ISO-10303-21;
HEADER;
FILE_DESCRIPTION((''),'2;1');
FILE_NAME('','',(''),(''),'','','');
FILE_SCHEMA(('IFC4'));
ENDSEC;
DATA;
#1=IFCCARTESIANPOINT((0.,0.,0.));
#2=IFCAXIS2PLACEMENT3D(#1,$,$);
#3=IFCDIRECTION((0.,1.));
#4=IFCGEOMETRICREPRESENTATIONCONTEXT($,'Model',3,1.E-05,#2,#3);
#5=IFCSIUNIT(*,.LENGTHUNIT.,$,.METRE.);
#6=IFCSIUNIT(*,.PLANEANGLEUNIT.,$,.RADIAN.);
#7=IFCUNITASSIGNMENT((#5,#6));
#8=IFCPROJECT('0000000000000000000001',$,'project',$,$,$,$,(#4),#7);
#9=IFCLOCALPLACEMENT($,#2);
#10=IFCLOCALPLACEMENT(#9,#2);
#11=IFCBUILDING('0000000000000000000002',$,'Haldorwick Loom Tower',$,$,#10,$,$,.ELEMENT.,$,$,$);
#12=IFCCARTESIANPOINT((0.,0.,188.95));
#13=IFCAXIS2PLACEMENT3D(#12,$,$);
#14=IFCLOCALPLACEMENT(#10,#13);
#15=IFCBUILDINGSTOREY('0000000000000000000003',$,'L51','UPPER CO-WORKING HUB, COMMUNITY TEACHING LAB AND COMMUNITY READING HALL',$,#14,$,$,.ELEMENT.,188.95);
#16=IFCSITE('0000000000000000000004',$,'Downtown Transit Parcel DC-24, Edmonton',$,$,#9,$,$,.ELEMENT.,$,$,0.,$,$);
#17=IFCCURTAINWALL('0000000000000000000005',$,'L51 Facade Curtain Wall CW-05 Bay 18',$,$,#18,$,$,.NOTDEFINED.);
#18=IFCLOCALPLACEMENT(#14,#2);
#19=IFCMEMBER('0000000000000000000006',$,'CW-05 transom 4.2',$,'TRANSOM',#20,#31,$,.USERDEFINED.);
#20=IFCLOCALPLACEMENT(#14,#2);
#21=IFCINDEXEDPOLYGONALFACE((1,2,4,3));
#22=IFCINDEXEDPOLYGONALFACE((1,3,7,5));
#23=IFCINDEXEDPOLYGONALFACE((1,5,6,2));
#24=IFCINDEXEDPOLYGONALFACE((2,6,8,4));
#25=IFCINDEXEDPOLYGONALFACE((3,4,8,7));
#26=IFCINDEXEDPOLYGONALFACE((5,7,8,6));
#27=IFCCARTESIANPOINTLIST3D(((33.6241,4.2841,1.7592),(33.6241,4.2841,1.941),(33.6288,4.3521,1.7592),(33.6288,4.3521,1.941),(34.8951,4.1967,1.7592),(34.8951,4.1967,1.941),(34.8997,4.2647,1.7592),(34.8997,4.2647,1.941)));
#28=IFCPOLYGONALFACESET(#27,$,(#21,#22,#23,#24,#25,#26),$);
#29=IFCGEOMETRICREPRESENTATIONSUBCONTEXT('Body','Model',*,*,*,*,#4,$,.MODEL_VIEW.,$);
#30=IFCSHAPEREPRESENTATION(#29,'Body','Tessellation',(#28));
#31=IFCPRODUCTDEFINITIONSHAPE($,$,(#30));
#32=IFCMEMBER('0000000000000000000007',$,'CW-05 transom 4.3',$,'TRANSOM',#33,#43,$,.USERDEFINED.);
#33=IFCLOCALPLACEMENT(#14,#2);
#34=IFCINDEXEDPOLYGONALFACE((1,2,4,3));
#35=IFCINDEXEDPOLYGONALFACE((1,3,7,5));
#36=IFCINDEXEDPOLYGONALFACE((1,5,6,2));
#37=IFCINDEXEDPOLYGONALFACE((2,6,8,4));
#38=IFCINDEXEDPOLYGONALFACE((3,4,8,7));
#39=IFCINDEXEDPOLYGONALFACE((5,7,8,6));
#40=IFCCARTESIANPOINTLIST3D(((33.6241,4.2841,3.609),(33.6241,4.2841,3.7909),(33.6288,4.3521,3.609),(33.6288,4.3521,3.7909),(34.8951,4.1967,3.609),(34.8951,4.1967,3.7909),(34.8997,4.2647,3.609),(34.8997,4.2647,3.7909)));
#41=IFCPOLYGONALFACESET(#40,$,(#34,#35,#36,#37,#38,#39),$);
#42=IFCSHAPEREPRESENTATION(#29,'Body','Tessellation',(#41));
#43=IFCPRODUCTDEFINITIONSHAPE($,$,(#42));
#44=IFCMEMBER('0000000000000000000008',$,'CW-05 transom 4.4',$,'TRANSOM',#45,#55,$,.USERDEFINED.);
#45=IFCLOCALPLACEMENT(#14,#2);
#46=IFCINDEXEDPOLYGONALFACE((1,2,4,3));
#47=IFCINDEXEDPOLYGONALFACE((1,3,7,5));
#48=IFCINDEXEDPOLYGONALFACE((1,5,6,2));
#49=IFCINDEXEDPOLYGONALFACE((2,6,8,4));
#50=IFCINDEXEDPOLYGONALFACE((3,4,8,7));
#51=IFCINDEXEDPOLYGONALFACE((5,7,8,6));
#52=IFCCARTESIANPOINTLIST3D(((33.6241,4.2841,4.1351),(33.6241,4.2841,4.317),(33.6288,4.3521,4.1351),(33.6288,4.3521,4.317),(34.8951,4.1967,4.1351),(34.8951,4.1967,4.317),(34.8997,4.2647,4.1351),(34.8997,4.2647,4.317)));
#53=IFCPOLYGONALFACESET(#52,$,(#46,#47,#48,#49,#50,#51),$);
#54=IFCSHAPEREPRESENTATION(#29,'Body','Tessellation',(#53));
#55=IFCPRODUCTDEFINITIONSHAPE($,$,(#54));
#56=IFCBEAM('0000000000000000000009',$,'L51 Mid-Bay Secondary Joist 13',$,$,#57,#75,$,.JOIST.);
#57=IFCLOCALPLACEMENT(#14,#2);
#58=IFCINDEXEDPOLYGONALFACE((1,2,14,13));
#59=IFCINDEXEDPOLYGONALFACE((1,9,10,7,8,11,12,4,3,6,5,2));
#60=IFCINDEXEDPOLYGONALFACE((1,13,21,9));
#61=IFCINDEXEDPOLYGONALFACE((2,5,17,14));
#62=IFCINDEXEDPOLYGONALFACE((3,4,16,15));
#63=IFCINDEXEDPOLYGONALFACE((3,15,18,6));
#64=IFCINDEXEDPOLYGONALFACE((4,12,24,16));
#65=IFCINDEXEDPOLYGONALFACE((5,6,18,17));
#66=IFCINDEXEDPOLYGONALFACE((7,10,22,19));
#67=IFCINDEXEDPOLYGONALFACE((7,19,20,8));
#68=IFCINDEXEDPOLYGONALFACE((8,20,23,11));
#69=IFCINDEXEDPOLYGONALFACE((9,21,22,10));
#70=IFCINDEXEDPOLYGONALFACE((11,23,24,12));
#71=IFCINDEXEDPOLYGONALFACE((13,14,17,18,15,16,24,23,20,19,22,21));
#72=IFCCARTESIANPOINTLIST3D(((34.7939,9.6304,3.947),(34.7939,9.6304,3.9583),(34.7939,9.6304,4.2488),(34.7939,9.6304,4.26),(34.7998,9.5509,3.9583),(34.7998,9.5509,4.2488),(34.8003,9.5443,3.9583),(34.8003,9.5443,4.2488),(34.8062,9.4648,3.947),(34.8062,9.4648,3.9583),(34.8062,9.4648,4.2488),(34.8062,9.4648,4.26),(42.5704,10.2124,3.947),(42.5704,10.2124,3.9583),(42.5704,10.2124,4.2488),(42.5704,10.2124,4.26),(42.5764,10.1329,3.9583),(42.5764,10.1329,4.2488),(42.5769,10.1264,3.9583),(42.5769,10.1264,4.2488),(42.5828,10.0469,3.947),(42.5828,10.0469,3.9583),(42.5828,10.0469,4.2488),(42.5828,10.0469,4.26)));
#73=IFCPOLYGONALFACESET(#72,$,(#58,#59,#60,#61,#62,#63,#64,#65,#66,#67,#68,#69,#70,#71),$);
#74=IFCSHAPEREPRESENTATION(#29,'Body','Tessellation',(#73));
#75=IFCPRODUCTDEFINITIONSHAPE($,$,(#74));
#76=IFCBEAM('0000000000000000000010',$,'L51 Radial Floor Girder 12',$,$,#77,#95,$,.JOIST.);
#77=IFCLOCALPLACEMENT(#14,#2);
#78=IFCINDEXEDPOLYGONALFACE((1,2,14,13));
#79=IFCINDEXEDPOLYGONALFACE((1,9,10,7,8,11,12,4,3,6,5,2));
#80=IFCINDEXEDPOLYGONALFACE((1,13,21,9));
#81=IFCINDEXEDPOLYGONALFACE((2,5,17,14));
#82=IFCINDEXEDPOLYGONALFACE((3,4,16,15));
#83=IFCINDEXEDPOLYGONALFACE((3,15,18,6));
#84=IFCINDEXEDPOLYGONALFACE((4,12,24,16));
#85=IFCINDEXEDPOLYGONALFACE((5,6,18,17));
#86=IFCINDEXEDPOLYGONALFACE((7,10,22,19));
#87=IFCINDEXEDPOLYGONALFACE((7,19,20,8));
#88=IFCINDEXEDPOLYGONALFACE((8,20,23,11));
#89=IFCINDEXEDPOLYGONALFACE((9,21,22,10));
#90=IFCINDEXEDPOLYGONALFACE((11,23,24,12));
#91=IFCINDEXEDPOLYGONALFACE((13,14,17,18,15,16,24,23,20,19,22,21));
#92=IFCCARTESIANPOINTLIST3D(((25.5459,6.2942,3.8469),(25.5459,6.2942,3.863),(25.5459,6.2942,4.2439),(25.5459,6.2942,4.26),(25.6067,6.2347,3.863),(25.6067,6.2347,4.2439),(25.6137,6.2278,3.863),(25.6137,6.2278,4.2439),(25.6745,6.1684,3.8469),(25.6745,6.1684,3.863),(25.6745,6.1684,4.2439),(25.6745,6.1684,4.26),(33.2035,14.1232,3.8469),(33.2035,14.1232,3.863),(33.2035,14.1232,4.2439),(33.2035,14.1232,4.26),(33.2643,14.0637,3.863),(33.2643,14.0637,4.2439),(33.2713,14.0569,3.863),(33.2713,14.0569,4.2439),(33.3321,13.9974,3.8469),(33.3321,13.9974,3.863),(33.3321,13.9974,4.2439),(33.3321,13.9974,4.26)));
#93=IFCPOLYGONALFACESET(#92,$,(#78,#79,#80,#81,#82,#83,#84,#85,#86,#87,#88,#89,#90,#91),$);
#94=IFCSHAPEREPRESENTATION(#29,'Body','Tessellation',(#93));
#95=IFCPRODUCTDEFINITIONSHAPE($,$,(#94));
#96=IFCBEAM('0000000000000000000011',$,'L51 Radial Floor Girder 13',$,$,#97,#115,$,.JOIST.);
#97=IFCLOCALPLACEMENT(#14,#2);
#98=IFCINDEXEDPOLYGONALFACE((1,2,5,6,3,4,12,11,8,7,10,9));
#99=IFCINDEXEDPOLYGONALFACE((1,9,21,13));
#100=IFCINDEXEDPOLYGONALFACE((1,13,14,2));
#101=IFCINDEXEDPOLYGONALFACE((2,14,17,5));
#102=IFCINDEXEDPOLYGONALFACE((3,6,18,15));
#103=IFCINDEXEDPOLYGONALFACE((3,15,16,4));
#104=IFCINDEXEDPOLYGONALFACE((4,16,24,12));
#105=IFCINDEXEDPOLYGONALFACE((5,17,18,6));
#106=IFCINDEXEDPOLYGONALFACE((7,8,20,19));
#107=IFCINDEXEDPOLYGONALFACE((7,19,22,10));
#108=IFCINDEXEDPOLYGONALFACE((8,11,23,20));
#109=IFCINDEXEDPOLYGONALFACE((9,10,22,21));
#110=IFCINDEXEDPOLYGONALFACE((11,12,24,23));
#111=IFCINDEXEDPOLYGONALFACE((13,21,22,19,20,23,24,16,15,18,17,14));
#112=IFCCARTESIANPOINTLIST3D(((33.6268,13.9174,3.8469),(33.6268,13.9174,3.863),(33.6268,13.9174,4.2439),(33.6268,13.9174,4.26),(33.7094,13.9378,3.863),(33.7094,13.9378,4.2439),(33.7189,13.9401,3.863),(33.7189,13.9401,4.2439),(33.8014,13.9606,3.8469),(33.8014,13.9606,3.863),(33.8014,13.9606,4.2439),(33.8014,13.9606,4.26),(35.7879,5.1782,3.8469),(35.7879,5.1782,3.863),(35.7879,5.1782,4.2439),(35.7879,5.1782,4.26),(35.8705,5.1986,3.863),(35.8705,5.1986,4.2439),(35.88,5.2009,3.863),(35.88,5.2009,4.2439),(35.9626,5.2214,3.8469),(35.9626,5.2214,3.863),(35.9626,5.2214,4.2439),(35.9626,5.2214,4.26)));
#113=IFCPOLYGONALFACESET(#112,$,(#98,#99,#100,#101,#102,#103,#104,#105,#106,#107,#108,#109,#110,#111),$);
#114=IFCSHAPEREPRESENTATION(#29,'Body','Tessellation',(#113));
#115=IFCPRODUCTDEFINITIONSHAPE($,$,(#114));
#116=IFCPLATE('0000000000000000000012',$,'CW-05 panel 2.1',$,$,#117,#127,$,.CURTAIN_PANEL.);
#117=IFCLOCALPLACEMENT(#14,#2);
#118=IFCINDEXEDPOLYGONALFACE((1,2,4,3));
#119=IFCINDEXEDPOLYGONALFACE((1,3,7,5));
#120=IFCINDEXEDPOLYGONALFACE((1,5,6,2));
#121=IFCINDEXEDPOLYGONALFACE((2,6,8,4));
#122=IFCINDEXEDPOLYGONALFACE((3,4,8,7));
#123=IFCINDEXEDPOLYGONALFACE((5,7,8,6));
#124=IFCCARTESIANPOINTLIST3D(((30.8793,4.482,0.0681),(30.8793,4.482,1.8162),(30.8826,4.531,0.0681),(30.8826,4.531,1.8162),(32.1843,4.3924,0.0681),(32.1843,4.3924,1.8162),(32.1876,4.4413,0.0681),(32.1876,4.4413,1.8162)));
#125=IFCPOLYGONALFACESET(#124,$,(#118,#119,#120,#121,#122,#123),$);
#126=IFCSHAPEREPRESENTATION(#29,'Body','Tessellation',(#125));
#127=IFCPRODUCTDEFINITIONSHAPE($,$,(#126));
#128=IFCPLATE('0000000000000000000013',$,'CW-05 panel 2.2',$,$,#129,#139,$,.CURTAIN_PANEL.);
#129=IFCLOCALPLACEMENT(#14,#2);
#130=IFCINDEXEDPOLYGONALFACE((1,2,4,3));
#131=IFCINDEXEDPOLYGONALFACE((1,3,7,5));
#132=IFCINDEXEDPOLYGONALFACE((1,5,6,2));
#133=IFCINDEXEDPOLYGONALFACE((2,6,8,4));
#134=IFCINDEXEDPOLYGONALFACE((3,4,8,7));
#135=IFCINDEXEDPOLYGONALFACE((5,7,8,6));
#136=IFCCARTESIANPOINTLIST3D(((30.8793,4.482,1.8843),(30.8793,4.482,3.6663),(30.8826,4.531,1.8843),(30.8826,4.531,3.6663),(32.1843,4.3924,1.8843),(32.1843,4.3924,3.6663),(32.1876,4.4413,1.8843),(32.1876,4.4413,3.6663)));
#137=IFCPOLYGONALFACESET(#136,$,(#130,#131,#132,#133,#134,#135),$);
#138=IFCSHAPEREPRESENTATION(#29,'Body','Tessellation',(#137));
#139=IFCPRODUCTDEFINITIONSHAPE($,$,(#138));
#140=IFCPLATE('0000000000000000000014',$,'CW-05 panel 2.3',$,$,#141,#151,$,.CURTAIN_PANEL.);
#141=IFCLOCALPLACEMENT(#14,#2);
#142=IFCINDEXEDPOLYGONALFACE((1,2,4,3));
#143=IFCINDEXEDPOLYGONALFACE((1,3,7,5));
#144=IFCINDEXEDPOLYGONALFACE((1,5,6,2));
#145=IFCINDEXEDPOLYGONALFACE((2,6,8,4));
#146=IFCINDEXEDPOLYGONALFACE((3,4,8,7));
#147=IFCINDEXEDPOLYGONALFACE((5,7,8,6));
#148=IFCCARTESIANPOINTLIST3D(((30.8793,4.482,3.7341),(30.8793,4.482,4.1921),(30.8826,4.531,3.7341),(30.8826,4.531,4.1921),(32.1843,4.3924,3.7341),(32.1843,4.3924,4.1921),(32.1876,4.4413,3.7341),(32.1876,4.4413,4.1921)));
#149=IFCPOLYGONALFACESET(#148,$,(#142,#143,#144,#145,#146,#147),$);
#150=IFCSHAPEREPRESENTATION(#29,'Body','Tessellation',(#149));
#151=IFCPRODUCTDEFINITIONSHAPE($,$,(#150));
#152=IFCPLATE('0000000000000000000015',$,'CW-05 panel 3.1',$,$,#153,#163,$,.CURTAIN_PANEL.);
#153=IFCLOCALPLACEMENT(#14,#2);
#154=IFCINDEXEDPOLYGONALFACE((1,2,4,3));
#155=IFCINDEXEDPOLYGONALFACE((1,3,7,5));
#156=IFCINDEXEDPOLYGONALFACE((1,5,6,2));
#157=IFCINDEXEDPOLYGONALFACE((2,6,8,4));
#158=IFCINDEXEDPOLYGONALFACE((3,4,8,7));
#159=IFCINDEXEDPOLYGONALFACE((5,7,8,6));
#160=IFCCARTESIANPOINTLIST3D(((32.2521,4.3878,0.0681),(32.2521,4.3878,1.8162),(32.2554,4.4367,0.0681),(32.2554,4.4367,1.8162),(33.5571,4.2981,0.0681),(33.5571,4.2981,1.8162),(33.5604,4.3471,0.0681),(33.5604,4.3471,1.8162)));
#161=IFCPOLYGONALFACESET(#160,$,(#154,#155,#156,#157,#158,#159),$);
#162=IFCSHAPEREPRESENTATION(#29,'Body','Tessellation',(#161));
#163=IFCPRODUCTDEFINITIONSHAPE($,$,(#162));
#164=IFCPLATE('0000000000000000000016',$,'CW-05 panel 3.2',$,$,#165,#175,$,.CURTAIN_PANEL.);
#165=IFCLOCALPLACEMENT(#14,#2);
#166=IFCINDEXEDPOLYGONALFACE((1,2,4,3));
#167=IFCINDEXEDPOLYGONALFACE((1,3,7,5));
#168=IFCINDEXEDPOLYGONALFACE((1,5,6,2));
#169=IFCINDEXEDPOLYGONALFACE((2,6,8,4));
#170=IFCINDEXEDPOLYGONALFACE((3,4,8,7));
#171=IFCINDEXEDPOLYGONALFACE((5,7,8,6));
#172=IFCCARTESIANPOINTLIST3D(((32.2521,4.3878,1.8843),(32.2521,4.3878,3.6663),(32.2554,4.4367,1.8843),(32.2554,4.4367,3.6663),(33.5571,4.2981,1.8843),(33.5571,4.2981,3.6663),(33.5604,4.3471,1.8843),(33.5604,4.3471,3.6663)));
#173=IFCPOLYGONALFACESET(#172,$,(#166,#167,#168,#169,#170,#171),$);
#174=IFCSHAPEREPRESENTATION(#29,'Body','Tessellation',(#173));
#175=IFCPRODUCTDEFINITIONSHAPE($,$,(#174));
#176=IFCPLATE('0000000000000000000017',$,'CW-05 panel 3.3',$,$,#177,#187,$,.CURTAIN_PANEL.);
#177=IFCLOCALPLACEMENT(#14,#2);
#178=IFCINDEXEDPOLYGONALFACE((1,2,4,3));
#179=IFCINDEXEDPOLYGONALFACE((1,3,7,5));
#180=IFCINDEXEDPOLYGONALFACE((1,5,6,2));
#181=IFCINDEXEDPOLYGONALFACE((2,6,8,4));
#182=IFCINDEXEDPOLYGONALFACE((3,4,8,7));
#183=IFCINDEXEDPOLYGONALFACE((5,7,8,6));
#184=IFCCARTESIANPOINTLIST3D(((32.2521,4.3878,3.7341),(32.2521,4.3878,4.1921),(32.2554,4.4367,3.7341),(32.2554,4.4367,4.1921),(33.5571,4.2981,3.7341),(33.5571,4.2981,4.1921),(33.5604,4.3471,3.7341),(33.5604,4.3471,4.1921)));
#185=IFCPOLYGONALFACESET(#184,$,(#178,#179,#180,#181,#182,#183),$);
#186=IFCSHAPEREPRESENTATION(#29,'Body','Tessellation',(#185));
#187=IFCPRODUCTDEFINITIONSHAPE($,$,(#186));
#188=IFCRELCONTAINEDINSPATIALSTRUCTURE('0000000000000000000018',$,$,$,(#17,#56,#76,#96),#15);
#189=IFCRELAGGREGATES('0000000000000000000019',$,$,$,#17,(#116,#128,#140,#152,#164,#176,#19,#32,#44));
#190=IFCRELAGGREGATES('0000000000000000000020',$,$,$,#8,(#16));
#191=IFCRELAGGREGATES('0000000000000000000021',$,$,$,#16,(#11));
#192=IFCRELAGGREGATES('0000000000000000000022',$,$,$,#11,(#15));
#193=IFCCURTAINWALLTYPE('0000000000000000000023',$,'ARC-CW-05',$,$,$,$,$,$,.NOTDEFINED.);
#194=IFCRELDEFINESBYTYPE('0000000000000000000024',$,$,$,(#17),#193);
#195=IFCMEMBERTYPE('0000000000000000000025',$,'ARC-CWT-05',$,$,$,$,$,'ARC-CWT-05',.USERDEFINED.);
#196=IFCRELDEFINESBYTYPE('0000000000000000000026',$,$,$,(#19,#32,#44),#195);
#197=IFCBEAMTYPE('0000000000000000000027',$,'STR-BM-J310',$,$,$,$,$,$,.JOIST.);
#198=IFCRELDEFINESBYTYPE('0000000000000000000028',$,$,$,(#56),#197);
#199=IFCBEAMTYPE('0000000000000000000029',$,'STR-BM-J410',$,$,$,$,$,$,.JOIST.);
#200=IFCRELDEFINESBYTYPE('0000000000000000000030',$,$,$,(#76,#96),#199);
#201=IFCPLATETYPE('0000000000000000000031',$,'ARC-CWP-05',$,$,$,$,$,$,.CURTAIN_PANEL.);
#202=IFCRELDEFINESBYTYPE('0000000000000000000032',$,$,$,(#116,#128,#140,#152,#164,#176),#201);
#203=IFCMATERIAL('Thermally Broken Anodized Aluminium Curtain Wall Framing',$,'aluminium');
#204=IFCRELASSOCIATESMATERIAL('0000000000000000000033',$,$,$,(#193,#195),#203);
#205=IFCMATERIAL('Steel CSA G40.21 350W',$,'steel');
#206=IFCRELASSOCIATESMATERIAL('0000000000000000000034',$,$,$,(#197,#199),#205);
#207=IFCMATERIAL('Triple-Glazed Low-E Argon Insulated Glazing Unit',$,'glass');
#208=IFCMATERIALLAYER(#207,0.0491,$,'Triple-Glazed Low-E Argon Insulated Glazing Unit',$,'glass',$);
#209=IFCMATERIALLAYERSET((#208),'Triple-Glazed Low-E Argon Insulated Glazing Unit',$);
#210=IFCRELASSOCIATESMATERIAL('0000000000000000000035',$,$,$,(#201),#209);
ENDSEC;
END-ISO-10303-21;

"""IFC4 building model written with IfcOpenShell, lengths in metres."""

from ifc_helpers import new_model, si_unit, direction, frame, origin, origin_2d, place, context, subcontext, project, spatial, rectangle, i_section, extrude, material, layer, layer_set, material_profile, profile_set, type_object, element, aggregate, save


model = new_model("IFC4")

# Units and contexts
model_context = context("Model", 3, precision=1e-05, world=origin(), true_north=direction((0.0, 1.0)))
body_context = subcontext(model_context, "Body", "Model", "MODEL_VIEW")
ifc_project = project(units=[si_unit("LENGTHUNIT", "METRE"), si_unit("PLANEANGLEUNIT", "RADIAN")], contexts=[model_context])

# Site, building, storey
site_placement = place(None, origin())
site = spatial("IfcSite", under=ifc_project, at=site_placement, Name="Downtown Transit Parcel DC-24, Edmonton", CompositionType="ELEMENT", RefElevation=0.0)
building_placement = place(site_placement, origin())
building = spatial("IfcBuilding", under=site, at=building_placement, Name="Haldorwick Loom Tower", CompositionType="ELEMENT")
storey_placement = place(building_placement, frame((0.0, 0.0, 188.95)))
storey = spatial("IfcBuildingStorey", under=building, at=storey_placement, Name="L51", Description="UPPER CO-WORKING HUB, COMMUNITY TEACHING LAB AND COMMUNITY READING HALL", CompositionType="ELEMENT", Elevation=188.95)

# Curtain wall, members
ifc_material_1 = material(Name="Thermally Broken Anodized Aluminium Curtain Wall Framing", Category="aluminium")
curtain_wall_type = type_object("IfcCurtainWallType", Name="ARC-CW-05", PredefinedType="NOTDEFINED", material=ifc_material_1)
curtain_wall_placement = place(storey_placement, origin())
curtain_wall = element("IfcCurtainWall", 1, at=curtain_wall_placement, inside=storey, type_object=curtain_wall_type, Name="L51 Facade Curtain Wall CW-05 Bay 18", PredefinedType="NOTDEFINED")
ifc_material_profile_1 = material_profile(ifc_material_1, rectangle(XDim=0.0681, YDim=0.1819, at=origin_2d()), Name="ALU_TRN_68X182", Category="aluminium")
ifc_profile_set_1 = profile_set([ifc_material_profile_1], Name="Thermally Broken Anodized Aluminium Curtain Wall Framing")
member_type_1 = type_object("IfcMemberType", Name="ARC-CWT-05", ElementType="ARC-CWT-05", PredefinedType="USERDEFINED", material=ifc_profile_set_1)
member_1_placement = place(storey_placement, frame((33.6265, 4.3181, 1.8501), z_axis=(0.997644, -0.068605, 0.0), x_axis=(0.068605, 0.997644, 0.0)))
member_1 = element("IfcMember", 2, at=member_1_placement, type_object=member_type_1, Name="CW-05 transom 4.2", ObjectType="TRANSOM", PredefinedType="USERDEFINED", context=body_context, shape_type="SweptSolid", body=[
    extrude(rectangle(XDim=0.0681, YDim=0.1819, at=origin_2d()), origin(), (0.0, 0.0, 1.0), 1.2739),
])
member_2_placement = place(storey_placement, frame((33.6265, 4.3181, 3.7), z_axis=(0.997644, -0.068605, 0.0), x_axis=(0.068605, 0.997644, 0.0)))
member_2 = element("IfcMember", 3, at=member_2_placement, type_object=member_type_1, Name="CW-05 transom 4.3", ObjectType="TRANSOM", PredefinedType="USERDEFINED", context=body_context, shape_type="SweptSolid", body=[
    extrude(rectangle(XDim=0.0681, YDim=0.1819, at=origin_2d()), origin(), (0.0, 0.0, 1.0), 1.2739),
])
member_3_placement = place(storey_placement, frame((33.6265, 4.3181, 4.2261), z_axis=(0.997644, -0.068605, 0.0), x_axis=(0.068605, 0.997644, 0.0)))
member_3 = element("IfcMember", 4, at=member_3_placement, type_object=member_type_1, Name="CW-05 transom 4.4", ObjectType="TRANSOM", PredefinedType="USERDEFINED", context=body_context, shape_type="SweptSolid", body=[
    extrude(rectangle(XDim=0.0681, YDim=0.1819, at=origin_2d()), origin(), (0.0, 0.0, 1.0), 1.2739),
])

# Beams
ifc_material_2 = material(Name="Steel CSA G40.21 350W", Category="steel")
ifc_material_profile_2 = material_profile(ifc_material_2, i_section(OverallWidth=0.166, OverallDepth=0.313, WebThickness=0.0066, FlangeThickness=0.0112, at=origin_2d()), Name="W310X45", Category="steel")
ifc_profile_set_2 = profile_set([ifc_material_profile_2], Name="Steel CSA G40.21 350W")
beam_type_1 = type_object("IfcBeamType", Name="STR-BM-J310", PredefinedType="JOIST", material=ifc_profile_set_2)
beam_1_placement = place(storey_placement, frame((34.8, 9.5476, 4.1035), z_axis=(0.997211, 0.074635, 0.0), x_axis=(-0.074635, 0.997211, 0.0)))
element("IfcBeam", 5, at=beam_1_placement, inside=storey, type_object=beam_type_1, Name="L51 Mid-Bay Secondary Joist 13", PredefinedType="JOIST", context=body_context, shape_type="SweptSolid", body=[
    extrude(i_section(OverallWidth=0.166, OverallDepth=0.313, WebThickness=0.0066, FlangeThickness=0.0112, at=origin_2d()), origin(), (0.0, 0.0, 1.0), 7.7983),
])
ifc_material_profile_3 = material_profile(ifc_material_2, i_section(OverallWidth=0.1799, OverallDepth=0.4131, WebThickness=0.0098, FlangeThickness=0.0161, at=origin_2d()), Name="W410X74", Category="steel")
ifc_profile_set_3 = profile_set([ifc_material_profile_3], Name="Steel CSA G40.21 350W")
beam_type_2 = type_object("IfcBeamType", Name="STR-BM-J410", PredefinedType="JOIST", material=ifc_profile_set_3)
beam_2_placement = place(storey_placement, frame((33.2678, 14.0603, 4.0535), z_axis=(-0.699239, -0.714888, 0.0), x_axis=(0.714888, -0.699239, 0.0)))
element("IfcBeam", 6, at=beam_2_placement, inside=storey, type_object=beam_type_2, Name="L51 Radial Floor Girder 12", PredefinedType="JOIST", context=body_context, shape_type="SweptSolid", body=[
    extrude(i_section(OverallWidth=0.1799, OverallDepth=0.4131, WebThickness=0.0098, FlangeThickness=0.0161, at=origin_2d()), origin(), (0.0, 0.0, 1.0), 10.9514),
])
beam_3_placement = place(storey_placement, frame((33.7141, 13.939, 4.0535), z_axis=(0.240059, -0.970758, 0.0), x_axis=(0.970758, 0.240059, 0.0)))
element("IfcBeam", 7, at=beam_3_placement, inside=storey, type_object=beam_type_2, Name="L51 Radial Floor Girder 13", PredefinedType="JOIST", context=body_context, shape_type="SweptSolid", body=[
    extrude(i_section(OverallWidth=0.1799, OverallDepth=0.4131, WebThickness=0.0098, FlangeThickness=0.0161, at=origin_2d()), origin(), (0.0, 0.0, 1.0), 9.0024),
])

# Plates
ifc_material_3 = material(Name="Triple-Glazed Low-E Argon Insulated Glazing Unit", Category="glass")
ifc_layer_1 = layer(ifc_material_3, 0.0491, Name="Triple-Glazed Low-E Argon Insulated Glazing Unit", Category="glass")
ifc_layer_set_1 = layer_set([ifc_layer_1], Name="Triple-Glazed Low-E Argon Insulated Glazing Unit")
plate_type = type_object("IfcPlateType", Name="ARC-CWP-05", PredefinedType="CURTAIN_PANEL", material=ifc_layer_set_1)
plate_1_placement = place(storey_placement, frame((31.5334, 4.4617, 0.0681), z_axis=(0.0, 0.0, 1.0), x_axis=(0.99765, -0.068513, 0.0)))
plate_1 = element("IfcPlate", 8, at=plate_1_placement, type_object=plate_type, Name="CW-05 panel 2.1", PredefinedType="CURTAIN_PANEL", context=body_context, shape_type="SweptSolid", body=[
    extrude(rectangle(XDim=1.3081, YDim=0.0491, at=origin_2d()), origin(), (0.0, 0.0, 1.0), 1.748),
])
plate_2_placement = place(storey_placement, frame((31.5334, 4.4617, 1.8843), z_axis=(0.0, 0.0, 1.0), x_axis=(0.99765, -0.068513, 0.0)))
plate_2 = element("IfcPlate", 9, at=plate_2_placement, type_object=plate_type, Name="CW-05 panel 2.2", PredefinedType="CURTAIN_PANEL", context=body_context, shape_type="SweptSolid", body=[
    extrude(rectangle(XDim=1.3081, YDim=0.0491, at=origin_2d()), origin(), (0.0, 0.0, 1.0), 1.782),
])
plate_3_placement = place(storey_placement, frame((31.5334, 4.4617, 3.7341), z_axis=(0.0, 0.0, 1.0), x_axis=(0.99765, -0.068513, 0.0)))
plate_3 = element("IfcPlate", 10, at=plate_3_placement, type_object=plate_type, Name="CW-05 panel 2.3", PredefinedType="CURTAIN_PANEL", context=body_context, shape_type="SweptSolid", body=[
    extrude(rectangle(XDim=1.3081, YDim=0.0491, at=origin_2d()), origin(), (0.0, 0.0, 1.0), 0.458),
])
plate_4_placement = place(storey_placement, frame((32.9062, 4.3674, 0.0681), z_axis=(0.0, 0.0, 1.0), x_axis=(0.99765, -0.068513, 0.0)))
plate_4 = element("IfcPlate", 11, at=plate_4_placement, type_object=plate_type, Name="CW-05 panel 3.1", PredefinedType="CURTAIN_PANEL", context=body_context, shape_type="SweptSolid", body=[
    extrude(rectangle(XDim=1.3081, YDim=0.0491, at=origin_2d()), origin(), (0.0, 0.0, 1.0), 1.748),
])
plate_5_placement = place(storey_placement, frame((32.9062, 4.3674, 1.8843), z_axis=(0.0, 0.0, 1.0), x_axis=(0.99765, -0.068513, 0.0)))
plate_5 = element("IfcPlate", 12, at=plate_5_placement, type_object=plate_type, Name="CW-05 panel 3.2", PredefinedType="CURTAIN_PANEL", context=body_context, shape_type="SweptSolid", body=[
    extrude(rectangle(XDim=1.3081, YDim=0.0491, at=origin_2d()), origin(), (0.0, 0.0, 1.0), 1.782),
])
plate_6_placement = place(storey_placement, frame((32.9062, 4.3674, 3.7341), z_axis=(0.0, 0.0, 1.0), x_axis=(0.99765, -0.068513, 0.0)))
plate_6 = element("IfcPlate", 13, at=plate_6_placement, type_object=plate_type, Name="CW-05 panel 3.3", PredefinedType="CURTAIN_PANEL", context=body_context, shape_type="SweptSolid", body=[
    extrude(rectangle(XDim=1.3081, YDim=0.0491, at=origin_2d()), origin(), (0.0, 0.0, 1.0), 0.458),
])
aggregate(curtain_wall, [plate_1, plate_2, plate_3, plate_4, plate_5, plate_6, member_1, member_2, member_3])

save(model, "model.ifc")
